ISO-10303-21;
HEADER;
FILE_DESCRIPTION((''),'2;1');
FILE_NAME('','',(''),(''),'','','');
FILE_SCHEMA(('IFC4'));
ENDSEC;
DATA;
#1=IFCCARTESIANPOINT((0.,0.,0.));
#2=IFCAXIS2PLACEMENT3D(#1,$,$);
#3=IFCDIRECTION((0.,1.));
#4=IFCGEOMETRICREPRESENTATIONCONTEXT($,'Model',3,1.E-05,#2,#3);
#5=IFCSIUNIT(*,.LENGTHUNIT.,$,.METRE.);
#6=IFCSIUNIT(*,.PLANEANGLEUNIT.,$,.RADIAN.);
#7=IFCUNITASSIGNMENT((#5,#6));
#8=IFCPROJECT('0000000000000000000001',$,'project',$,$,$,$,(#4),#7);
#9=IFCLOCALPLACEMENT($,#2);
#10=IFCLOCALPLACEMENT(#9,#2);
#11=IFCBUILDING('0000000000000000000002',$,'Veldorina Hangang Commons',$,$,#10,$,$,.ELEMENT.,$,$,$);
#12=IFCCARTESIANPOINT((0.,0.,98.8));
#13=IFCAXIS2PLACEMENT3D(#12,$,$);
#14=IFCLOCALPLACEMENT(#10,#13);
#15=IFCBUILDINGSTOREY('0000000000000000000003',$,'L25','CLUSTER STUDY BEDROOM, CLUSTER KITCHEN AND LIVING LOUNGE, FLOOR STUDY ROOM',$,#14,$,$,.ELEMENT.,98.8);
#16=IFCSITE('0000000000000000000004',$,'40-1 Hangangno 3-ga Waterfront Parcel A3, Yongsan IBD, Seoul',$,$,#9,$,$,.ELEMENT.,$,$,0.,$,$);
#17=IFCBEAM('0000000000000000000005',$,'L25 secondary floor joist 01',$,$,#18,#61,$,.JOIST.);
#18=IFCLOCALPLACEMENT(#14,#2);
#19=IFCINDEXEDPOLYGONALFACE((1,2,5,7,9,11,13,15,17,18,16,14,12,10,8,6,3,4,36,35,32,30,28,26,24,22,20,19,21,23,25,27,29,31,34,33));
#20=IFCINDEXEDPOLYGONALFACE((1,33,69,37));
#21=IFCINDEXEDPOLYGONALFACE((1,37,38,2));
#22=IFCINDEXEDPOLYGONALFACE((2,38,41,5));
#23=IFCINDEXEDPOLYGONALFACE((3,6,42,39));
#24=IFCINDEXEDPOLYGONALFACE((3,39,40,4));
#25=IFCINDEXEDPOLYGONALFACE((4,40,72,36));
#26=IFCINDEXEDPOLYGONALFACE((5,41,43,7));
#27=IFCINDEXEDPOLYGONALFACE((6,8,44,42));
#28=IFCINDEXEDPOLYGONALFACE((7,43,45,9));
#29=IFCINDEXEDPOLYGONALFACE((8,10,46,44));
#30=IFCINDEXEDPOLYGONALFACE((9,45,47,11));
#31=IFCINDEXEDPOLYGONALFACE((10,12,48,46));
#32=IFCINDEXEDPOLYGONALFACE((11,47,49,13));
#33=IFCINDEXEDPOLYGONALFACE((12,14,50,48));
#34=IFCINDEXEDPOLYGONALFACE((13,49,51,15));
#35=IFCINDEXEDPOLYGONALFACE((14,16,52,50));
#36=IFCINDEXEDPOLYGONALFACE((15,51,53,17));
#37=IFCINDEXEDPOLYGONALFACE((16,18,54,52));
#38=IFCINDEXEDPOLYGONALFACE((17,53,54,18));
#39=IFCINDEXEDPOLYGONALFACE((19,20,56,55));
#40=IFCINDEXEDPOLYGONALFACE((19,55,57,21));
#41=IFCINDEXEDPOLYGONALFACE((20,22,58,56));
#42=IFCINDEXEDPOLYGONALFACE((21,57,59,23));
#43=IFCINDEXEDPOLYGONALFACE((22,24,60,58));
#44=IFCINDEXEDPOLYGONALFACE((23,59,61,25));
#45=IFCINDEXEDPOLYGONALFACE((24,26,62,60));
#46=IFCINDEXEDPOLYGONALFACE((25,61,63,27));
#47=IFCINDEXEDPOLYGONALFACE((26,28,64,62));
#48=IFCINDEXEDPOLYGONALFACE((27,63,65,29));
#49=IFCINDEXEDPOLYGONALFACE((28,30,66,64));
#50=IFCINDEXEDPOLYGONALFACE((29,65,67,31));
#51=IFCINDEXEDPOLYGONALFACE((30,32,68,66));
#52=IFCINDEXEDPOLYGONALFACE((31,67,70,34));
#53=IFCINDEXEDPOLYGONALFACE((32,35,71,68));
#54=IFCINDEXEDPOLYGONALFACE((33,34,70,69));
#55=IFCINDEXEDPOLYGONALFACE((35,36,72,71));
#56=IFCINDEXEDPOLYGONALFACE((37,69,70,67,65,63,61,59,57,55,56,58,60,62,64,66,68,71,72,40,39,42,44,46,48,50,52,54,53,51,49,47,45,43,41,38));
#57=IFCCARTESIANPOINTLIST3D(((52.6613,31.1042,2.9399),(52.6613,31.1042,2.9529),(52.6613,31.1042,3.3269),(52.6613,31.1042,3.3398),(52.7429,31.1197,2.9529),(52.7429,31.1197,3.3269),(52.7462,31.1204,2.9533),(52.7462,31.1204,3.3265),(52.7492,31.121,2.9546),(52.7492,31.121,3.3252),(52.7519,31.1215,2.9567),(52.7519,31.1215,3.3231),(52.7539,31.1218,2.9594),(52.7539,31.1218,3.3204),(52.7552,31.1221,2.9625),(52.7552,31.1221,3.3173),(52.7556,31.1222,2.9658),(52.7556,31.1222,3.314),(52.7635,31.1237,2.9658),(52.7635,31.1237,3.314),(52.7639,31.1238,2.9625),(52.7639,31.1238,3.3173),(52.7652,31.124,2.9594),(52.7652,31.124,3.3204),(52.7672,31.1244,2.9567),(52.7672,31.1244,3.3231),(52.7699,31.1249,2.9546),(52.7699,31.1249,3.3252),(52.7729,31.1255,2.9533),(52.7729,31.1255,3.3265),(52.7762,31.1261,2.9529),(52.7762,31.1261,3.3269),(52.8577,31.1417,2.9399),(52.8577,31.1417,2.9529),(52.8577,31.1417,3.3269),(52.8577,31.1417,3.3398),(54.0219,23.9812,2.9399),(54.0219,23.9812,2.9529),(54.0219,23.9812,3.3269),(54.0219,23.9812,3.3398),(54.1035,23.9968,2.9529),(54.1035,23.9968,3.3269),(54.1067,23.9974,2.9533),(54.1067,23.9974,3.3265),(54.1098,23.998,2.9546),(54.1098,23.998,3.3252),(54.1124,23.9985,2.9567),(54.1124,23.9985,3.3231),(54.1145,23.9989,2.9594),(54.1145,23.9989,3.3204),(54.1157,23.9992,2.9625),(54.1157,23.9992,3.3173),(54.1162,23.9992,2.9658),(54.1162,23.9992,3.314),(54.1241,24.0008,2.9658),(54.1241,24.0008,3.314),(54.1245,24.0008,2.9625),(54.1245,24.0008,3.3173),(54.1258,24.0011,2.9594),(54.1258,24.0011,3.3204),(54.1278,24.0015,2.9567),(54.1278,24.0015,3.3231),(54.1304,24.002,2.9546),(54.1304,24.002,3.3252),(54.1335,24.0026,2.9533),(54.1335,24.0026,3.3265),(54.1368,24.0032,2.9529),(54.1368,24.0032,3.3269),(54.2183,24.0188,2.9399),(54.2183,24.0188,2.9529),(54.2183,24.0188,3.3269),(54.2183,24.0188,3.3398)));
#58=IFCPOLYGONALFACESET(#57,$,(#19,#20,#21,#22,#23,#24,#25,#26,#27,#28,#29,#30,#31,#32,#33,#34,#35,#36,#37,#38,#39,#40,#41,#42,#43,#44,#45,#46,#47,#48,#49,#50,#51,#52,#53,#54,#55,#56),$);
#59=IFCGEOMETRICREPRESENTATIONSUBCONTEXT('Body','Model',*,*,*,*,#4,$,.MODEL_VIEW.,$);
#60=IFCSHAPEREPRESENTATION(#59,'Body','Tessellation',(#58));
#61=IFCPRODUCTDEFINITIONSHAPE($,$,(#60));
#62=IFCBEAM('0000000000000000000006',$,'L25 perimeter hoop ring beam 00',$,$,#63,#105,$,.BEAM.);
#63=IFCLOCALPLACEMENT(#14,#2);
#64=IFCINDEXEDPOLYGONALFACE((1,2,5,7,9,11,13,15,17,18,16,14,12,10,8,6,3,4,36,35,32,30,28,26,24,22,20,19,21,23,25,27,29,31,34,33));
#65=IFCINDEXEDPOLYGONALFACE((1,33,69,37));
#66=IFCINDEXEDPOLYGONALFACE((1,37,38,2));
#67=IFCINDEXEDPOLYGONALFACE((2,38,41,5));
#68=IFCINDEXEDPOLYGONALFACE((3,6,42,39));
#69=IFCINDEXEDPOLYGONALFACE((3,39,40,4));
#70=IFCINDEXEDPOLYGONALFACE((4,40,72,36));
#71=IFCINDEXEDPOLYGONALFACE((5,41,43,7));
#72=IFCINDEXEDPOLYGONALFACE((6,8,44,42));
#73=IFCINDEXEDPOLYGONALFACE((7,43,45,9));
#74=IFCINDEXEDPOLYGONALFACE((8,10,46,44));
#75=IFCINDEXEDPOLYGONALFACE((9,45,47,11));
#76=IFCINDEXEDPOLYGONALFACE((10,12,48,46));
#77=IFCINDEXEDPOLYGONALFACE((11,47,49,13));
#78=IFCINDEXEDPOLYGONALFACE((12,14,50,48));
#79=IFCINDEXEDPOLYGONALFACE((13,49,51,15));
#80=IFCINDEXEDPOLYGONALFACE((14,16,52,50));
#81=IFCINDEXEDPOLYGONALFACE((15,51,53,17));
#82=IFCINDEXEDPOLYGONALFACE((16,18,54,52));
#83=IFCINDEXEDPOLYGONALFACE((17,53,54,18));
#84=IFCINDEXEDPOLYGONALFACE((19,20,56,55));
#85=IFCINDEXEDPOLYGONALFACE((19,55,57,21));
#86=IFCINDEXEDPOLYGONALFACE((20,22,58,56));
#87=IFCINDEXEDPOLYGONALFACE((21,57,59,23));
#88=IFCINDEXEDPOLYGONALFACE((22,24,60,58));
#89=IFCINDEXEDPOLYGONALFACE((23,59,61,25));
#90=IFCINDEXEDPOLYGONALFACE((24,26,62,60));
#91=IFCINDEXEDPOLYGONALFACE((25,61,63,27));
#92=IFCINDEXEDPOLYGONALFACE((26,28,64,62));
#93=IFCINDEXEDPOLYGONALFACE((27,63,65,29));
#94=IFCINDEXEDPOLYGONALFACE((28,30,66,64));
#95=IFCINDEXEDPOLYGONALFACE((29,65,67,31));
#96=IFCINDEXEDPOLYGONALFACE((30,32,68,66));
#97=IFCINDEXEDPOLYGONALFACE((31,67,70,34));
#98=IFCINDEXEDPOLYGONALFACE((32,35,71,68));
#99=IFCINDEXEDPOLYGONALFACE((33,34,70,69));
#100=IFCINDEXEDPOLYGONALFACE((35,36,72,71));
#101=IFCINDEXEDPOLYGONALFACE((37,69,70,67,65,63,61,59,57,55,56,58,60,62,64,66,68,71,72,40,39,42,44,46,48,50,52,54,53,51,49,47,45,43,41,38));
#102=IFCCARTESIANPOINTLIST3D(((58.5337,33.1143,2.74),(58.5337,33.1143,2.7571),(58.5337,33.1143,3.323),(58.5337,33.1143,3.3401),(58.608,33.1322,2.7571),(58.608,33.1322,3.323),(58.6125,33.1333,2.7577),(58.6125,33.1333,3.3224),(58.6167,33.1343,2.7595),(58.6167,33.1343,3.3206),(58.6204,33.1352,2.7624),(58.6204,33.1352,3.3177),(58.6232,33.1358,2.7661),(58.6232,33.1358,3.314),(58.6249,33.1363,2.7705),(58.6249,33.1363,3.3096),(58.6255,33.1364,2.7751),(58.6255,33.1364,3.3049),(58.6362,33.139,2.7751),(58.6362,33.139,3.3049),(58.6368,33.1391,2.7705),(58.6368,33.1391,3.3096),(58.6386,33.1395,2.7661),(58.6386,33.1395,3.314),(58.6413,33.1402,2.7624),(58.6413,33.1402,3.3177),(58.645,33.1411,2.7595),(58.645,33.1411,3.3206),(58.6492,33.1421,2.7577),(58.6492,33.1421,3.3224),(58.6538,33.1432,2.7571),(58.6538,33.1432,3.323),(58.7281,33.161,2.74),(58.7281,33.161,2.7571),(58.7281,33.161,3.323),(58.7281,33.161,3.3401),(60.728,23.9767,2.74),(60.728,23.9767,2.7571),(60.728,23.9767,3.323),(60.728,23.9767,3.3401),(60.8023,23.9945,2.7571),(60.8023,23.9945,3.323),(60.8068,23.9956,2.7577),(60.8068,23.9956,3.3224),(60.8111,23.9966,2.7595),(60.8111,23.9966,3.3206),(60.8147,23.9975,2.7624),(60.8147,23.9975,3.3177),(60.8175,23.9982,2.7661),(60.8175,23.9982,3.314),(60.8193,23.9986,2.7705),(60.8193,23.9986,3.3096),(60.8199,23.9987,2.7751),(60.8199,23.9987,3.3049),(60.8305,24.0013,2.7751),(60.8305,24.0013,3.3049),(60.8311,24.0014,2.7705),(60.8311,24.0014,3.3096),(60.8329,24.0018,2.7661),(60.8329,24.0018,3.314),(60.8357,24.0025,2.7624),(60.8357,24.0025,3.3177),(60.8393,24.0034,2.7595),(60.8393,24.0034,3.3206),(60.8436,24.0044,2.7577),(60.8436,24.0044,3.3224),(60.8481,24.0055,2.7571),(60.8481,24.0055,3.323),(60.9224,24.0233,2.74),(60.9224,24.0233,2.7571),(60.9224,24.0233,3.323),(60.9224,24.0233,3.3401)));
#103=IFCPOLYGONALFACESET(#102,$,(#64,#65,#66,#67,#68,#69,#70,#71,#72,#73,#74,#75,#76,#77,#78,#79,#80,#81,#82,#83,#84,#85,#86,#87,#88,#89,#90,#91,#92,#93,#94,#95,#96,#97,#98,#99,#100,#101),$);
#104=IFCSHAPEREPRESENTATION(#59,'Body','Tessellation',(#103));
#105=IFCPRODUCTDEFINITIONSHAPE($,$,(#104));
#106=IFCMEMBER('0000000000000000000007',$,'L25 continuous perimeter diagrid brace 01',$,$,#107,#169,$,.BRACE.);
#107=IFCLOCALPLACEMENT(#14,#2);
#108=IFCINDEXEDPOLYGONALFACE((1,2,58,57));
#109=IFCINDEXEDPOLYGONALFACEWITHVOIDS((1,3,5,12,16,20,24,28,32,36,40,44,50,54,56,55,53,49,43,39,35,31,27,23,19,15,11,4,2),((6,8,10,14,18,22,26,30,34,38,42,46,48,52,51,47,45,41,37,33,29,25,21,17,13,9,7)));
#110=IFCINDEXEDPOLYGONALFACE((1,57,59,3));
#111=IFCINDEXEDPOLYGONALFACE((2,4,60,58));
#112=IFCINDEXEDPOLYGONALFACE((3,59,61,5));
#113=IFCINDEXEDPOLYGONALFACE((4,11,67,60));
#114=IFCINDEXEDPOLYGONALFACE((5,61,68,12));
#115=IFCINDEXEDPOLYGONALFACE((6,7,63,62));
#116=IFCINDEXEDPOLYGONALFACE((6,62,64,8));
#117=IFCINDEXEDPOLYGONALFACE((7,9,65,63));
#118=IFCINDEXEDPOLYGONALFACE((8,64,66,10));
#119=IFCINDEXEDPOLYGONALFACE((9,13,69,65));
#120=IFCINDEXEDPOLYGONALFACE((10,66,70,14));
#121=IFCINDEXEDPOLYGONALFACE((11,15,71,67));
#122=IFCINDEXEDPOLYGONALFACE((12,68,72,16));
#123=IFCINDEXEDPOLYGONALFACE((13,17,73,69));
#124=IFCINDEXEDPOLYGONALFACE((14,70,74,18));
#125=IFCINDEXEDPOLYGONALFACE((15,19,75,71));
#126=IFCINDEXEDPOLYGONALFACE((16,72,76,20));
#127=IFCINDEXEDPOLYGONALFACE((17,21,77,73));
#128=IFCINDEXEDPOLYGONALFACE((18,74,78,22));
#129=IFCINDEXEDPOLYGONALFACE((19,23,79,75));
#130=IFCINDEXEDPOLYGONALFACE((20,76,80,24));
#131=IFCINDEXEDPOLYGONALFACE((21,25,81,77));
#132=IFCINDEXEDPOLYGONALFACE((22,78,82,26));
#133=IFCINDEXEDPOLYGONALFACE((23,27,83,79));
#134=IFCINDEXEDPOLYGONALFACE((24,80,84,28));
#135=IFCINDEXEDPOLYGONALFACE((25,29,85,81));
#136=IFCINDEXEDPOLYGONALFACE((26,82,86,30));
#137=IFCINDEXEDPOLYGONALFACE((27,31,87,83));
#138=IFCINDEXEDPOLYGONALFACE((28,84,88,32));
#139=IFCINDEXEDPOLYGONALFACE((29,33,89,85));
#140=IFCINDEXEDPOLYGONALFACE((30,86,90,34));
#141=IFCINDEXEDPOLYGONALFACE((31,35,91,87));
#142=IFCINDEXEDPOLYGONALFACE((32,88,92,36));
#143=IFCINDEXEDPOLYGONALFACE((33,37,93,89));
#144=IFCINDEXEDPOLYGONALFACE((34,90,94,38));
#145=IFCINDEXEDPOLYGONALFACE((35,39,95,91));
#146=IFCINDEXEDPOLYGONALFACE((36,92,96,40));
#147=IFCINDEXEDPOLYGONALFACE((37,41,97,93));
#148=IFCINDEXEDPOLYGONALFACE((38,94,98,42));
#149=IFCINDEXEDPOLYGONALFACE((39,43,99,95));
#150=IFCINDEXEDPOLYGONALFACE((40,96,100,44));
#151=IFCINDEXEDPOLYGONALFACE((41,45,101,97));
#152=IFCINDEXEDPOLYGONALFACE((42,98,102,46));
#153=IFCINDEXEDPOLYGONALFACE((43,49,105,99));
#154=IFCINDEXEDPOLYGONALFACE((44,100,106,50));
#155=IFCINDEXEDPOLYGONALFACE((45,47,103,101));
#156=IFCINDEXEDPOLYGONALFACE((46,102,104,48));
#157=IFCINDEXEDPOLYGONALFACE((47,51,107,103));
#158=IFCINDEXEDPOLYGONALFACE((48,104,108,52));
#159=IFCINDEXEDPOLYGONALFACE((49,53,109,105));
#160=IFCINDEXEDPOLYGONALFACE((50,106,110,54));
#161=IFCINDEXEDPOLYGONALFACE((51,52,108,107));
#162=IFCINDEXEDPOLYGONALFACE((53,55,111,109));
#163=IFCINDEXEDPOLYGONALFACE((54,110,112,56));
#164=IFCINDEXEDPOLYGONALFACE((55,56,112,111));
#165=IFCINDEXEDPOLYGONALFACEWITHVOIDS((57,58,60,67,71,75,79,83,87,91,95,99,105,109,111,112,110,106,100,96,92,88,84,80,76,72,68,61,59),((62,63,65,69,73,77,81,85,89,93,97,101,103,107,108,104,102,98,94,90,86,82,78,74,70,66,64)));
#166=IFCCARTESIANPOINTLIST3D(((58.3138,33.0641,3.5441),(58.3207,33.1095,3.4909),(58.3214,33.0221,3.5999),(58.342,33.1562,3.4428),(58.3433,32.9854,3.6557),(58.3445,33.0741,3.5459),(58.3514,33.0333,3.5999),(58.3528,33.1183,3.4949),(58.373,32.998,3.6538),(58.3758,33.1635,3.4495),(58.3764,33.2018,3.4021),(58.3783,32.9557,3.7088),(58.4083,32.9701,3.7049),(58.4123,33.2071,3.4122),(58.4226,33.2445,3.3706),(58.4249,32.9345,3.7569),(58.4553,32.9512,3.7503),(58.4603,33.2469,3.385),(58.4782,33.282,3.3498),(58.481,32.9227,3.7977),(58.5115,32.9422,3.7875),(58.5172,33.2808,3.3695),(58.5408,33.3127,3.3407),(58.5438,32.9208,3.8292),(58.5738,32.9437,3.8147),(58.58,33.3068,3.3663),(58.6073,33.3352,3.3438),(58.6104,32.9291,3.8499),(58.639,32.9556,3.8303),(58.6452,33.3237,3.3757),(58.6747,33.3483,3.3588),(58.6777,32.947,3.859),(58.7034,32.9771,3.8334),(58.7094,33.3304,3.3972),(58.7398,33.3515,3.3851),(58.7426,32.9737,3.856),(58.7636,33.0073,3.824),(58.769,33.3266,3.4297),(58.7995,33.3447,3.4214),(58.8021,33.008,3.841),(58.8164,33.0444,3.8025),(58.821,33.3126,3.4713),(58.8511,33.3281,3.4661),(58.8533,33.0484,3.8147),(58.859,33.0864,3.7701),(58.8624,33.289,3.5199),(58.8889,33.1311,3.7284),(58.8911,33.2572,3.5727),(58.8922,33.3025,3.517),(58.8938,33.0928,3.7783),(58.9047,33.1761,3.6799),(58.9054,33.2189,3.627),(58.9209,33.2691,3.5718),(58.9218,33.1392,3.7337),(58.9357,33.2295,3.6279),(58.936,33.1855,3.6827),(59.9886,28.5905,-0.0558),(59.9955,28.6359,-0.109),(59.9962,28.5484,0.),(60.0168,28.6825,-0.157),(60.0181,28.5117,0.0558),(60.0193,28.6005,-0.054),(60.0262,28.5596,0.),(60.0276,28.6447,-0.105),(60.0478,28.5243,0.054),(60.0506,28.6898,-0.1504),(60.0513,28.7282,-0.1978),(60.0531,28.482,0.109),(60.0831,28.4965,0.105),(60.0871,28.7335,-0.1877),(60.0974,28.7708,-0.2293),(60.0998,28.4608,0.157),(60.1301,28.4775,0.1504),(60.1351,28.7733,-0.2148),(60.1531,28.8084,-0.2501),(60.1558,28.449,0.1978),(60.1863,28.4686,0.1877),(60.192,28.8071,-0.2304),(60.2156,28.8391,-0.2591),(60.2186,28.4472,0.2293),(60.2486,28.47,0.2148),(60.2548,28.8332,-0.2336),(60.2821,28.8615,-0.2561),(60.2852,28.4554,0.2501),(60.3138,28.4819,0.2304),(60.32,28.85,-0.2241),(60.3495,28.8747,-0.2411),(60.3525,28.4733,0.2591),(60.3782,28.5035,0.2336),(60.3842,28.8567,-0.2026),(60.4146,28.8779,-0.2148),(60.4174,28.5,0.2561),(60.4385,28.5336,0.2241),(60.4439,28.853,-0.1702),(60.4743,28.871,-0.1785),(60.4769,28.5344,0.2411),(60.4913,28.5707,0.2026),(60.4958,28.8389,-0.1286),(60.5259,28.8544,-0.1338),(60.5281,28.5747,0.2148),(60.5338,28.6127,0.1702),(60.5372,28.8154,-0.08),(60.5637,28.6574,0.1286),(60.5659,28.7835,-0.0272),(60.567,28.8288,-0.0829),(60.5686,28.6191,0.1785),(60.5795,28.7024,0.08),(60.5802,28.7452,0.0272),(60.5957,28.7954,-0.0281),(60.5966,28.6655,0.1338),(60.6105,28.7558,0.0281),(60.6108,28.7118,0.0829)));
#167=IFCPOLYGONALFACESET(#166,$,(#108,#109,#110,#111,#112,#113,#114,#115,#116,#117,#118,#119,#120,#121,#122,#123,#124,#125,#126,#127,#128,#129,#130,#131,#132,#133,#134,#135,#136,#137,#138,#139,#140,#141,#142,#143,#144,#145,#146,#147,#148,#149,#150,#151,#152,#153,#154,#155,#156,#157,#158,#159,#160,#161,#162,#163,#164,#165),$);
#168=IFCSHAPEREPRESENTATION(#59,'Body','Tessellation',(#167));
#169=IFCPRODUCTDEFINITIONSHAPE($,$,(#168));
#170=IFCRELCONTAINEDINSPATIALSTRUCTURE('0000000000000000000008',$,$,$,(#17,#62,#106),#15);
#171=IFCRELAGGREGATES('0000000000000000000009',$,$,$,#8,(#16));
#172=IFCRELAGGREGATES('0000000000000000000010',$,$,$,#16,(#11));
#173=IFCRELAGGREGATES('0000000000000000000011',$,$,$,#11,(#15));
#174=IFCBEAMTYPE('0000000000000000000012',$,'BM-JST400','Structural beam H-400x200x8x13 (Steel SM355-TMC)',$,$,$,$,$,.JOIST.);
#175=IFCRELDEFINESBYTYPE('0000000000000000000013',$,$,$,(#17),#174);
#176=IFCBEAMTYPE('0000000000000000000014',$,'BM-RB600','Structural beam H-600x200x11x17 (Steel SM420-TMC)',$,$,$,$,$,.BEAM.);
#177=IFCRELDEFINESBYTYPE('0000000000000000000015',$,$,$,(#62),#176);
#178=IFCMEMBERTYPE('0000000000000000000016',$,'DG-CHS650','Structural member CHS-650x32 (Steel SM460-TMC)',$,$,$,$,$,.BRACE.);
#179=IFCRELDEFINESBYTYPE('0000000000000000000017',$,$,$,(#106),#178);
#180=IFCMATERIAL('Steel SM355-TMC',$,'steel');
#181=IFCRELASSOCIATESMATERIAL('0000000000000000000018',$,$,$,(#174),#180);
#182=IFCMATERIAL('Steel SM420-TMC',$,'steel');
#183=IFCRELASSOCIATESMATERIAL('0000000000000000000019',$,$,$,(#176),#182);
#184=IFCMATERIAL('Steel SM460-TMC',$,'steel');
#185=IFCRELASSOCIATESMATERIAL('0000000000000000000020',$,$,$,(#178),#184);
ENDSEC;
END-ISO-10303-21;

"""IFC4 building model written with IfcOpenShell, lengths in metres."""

from ifc_helpers import new_model, si_unit, direction, frame, origin, origin_2d, place, context, subcontext, project, spatial, hollow_circle, i_section, extrude, material, material_profile, profile_set, type_object, element, save


model = new_model("IFC4")

# Units and contexts
model_context = context("Model", 3, precision=1e-05, world=origin(), true_north=direction((0.0, 1.0)))
body_context = subcontext(model_context, "Body", "Model", "MODEL_VIEW")
ifc_project = project(units=[si_unit("LENGTHUNIT", "METRE"), si_unit("PLANEANGLEUNIT", "RADIAN")], contexts=[model_context])

# Site, building, storey
site_placement = place(None, origin())
site = spatial("IfcSite", under=ifc_project, at=site_placement, Name="40-1 Hangangno 3-ga Waterfront Parcel A3, Yongsan IBD, Seoul", CompositionType="ELEMENT", RefElevation=0.0)
building_placement = place(site_placement, origin())
building = spatial("IfcBuilding", under=site, at=building_placement, Name="Veldorina Hangang Commons", CompositionType="ELEMENT")
storey_placement = place(building_placement, frame((0.0, 0.0, 98.8)))
storey = spatial("IfcBuildingStorey", under=building, at=storey_placement, Name="L25", Description="CLUSTER STUDY BEDROOM, CLUSTER KITCHEN AND LIVING LOUNGE, FLOOR STUDY ROOM", CompositionType="ELEMENT", Elevation=98.8)

# Beams
ifc_material_1 = material(Name="Steel SM355-TMC", Category="steel")
ifc_material_profile_1 = material_profile(ifc_material_1, i_section(OverallWidth=0.2, OverallDepth=0.3999, WebThickness=0.0081, FlangeThickness=0.0129, FilletRadius=0.0129, at=origin_2d()), Name="H-400x200x8x13")
ifc_profile_set_1 = profile_set([ifc_material_profile_1], Name="Steel SM355-TMC")
beam_type_1 = type_object("IfcBeamType", Name="BM-JST400", Description="Structural beam H-400x200x8x13 (Steel SM355-TMC)", PredefinedType="JOIST", material=ifc_profile_set_1)
beam_1_placement = place(storey_placement, frame((54.1201, 24.0, 3.1399), z_axis=(-0.187621, 0.982241, 0.0), x_axis=(-0.982241, -0.187621, 0.0)))
element("IfcBeam", 1, at=beam_1_placement, inside=storey, type_object=beam_type_1, Name="L25 secondary floor joist 01", PredefinedType="JOIST", context=body_context, shape_type="SweptSolid", body=[
    extrude(i_section(OverallWidth=0.2, OverallDepth=0.3999, WebThickness=0.0081, FlangeThickness=0.0129, FilletRadius=0.0129, at=origin_2d()), origin(), (0.0, 0.0, 1.0), 7.2517),
])
ifc_material_2 = material(Name="Steel SM420-TMC", Category="steel")
ifc_material_profile_2 = material_profile(ifc_material_2, i_section(OverallWidth=0.2, OverallDepth=0.6001, WebThickness=0.011, FlangeThickness=0.0171, FilletRadius=0.0181, at=origin_2d()), Name="H-600x200x11x17")
ifc_profile_set_2 = profile_set([ifc_material_profile_2], Name="Steel SM420-TMC")
beam_type_2 = type_object("IfcBeamType", Name="BM-RB600", Description="Structural beam H-600x200x11x17 (Steel SM420-TMC)", PredefinedType="BEAM", material=ifc_profile_set_2)
beam_2_placement = place(storey_placement, frame((60.8252, 24.0, 3.04), z_axis=(-0.233503, 0.972356, 0.0), x_axis=(-0.972356, -0.233503, 0.0)))
element("IfcBeam", 2, at=beam_2_placement, inside=storey, type_object=beam_type_2, Name="L25 perimeter hoop ring beam 00", PredefinedType="BEAM", context=body_context, shape_type="SweptSolid", body=[
    extrude(i_section(OverallWidth=0.2, OverallDepth=0.6001, WebThickness=0.011, FlangeThickness=0.0171, FilletRadius=0.0181, at=origin_2d()), origin(), (0.0, 0.0, 1.0), 9.3975),
])

# Member
ifc_material_3 = material(Name="Steel SM460-TMC", Category="steel")
ifc_material_profile_3 = material_profile(ifc_material_3, hollow_circle(Radius=0.325, WallThickness=0.032, at=origin_2d()), Name="CHS-650x32")
ifc_profile_set_3 = profile_set([ifc_material_profile_3], Name="Steel SM460-TMC")
member_type = type_object("IfcMemberType", Name="DG-CHS650", Description="Structural member CHS-650x32 (Steel SM460-TMC)", PredefinedType="BRACE", material=ifc_profile_set_3)
member_1_placement = place(storey_placement, frame((60.3005, 28.6624, 0.0), z_axis=(-0.280001, 0.747922, 0.60184), x_axis=(-0.936522, -0.350608, 0.0)))
element("IfcMember", 3, at=member_1_placement, inside=storey, type_object=member_type, Name="L25 continuous perimeter diagrid brace 01", PredefinedType="BRACE", context=body_context, shape_type="SweptSolid", body=[
    extrude(hollow_circle(Radius=0.325, WallThickness=0.032, at=origin_2d()), origin(), (0.0, 0.0, 1.0), 5.9814),
])

save(model, "model.ifc")
